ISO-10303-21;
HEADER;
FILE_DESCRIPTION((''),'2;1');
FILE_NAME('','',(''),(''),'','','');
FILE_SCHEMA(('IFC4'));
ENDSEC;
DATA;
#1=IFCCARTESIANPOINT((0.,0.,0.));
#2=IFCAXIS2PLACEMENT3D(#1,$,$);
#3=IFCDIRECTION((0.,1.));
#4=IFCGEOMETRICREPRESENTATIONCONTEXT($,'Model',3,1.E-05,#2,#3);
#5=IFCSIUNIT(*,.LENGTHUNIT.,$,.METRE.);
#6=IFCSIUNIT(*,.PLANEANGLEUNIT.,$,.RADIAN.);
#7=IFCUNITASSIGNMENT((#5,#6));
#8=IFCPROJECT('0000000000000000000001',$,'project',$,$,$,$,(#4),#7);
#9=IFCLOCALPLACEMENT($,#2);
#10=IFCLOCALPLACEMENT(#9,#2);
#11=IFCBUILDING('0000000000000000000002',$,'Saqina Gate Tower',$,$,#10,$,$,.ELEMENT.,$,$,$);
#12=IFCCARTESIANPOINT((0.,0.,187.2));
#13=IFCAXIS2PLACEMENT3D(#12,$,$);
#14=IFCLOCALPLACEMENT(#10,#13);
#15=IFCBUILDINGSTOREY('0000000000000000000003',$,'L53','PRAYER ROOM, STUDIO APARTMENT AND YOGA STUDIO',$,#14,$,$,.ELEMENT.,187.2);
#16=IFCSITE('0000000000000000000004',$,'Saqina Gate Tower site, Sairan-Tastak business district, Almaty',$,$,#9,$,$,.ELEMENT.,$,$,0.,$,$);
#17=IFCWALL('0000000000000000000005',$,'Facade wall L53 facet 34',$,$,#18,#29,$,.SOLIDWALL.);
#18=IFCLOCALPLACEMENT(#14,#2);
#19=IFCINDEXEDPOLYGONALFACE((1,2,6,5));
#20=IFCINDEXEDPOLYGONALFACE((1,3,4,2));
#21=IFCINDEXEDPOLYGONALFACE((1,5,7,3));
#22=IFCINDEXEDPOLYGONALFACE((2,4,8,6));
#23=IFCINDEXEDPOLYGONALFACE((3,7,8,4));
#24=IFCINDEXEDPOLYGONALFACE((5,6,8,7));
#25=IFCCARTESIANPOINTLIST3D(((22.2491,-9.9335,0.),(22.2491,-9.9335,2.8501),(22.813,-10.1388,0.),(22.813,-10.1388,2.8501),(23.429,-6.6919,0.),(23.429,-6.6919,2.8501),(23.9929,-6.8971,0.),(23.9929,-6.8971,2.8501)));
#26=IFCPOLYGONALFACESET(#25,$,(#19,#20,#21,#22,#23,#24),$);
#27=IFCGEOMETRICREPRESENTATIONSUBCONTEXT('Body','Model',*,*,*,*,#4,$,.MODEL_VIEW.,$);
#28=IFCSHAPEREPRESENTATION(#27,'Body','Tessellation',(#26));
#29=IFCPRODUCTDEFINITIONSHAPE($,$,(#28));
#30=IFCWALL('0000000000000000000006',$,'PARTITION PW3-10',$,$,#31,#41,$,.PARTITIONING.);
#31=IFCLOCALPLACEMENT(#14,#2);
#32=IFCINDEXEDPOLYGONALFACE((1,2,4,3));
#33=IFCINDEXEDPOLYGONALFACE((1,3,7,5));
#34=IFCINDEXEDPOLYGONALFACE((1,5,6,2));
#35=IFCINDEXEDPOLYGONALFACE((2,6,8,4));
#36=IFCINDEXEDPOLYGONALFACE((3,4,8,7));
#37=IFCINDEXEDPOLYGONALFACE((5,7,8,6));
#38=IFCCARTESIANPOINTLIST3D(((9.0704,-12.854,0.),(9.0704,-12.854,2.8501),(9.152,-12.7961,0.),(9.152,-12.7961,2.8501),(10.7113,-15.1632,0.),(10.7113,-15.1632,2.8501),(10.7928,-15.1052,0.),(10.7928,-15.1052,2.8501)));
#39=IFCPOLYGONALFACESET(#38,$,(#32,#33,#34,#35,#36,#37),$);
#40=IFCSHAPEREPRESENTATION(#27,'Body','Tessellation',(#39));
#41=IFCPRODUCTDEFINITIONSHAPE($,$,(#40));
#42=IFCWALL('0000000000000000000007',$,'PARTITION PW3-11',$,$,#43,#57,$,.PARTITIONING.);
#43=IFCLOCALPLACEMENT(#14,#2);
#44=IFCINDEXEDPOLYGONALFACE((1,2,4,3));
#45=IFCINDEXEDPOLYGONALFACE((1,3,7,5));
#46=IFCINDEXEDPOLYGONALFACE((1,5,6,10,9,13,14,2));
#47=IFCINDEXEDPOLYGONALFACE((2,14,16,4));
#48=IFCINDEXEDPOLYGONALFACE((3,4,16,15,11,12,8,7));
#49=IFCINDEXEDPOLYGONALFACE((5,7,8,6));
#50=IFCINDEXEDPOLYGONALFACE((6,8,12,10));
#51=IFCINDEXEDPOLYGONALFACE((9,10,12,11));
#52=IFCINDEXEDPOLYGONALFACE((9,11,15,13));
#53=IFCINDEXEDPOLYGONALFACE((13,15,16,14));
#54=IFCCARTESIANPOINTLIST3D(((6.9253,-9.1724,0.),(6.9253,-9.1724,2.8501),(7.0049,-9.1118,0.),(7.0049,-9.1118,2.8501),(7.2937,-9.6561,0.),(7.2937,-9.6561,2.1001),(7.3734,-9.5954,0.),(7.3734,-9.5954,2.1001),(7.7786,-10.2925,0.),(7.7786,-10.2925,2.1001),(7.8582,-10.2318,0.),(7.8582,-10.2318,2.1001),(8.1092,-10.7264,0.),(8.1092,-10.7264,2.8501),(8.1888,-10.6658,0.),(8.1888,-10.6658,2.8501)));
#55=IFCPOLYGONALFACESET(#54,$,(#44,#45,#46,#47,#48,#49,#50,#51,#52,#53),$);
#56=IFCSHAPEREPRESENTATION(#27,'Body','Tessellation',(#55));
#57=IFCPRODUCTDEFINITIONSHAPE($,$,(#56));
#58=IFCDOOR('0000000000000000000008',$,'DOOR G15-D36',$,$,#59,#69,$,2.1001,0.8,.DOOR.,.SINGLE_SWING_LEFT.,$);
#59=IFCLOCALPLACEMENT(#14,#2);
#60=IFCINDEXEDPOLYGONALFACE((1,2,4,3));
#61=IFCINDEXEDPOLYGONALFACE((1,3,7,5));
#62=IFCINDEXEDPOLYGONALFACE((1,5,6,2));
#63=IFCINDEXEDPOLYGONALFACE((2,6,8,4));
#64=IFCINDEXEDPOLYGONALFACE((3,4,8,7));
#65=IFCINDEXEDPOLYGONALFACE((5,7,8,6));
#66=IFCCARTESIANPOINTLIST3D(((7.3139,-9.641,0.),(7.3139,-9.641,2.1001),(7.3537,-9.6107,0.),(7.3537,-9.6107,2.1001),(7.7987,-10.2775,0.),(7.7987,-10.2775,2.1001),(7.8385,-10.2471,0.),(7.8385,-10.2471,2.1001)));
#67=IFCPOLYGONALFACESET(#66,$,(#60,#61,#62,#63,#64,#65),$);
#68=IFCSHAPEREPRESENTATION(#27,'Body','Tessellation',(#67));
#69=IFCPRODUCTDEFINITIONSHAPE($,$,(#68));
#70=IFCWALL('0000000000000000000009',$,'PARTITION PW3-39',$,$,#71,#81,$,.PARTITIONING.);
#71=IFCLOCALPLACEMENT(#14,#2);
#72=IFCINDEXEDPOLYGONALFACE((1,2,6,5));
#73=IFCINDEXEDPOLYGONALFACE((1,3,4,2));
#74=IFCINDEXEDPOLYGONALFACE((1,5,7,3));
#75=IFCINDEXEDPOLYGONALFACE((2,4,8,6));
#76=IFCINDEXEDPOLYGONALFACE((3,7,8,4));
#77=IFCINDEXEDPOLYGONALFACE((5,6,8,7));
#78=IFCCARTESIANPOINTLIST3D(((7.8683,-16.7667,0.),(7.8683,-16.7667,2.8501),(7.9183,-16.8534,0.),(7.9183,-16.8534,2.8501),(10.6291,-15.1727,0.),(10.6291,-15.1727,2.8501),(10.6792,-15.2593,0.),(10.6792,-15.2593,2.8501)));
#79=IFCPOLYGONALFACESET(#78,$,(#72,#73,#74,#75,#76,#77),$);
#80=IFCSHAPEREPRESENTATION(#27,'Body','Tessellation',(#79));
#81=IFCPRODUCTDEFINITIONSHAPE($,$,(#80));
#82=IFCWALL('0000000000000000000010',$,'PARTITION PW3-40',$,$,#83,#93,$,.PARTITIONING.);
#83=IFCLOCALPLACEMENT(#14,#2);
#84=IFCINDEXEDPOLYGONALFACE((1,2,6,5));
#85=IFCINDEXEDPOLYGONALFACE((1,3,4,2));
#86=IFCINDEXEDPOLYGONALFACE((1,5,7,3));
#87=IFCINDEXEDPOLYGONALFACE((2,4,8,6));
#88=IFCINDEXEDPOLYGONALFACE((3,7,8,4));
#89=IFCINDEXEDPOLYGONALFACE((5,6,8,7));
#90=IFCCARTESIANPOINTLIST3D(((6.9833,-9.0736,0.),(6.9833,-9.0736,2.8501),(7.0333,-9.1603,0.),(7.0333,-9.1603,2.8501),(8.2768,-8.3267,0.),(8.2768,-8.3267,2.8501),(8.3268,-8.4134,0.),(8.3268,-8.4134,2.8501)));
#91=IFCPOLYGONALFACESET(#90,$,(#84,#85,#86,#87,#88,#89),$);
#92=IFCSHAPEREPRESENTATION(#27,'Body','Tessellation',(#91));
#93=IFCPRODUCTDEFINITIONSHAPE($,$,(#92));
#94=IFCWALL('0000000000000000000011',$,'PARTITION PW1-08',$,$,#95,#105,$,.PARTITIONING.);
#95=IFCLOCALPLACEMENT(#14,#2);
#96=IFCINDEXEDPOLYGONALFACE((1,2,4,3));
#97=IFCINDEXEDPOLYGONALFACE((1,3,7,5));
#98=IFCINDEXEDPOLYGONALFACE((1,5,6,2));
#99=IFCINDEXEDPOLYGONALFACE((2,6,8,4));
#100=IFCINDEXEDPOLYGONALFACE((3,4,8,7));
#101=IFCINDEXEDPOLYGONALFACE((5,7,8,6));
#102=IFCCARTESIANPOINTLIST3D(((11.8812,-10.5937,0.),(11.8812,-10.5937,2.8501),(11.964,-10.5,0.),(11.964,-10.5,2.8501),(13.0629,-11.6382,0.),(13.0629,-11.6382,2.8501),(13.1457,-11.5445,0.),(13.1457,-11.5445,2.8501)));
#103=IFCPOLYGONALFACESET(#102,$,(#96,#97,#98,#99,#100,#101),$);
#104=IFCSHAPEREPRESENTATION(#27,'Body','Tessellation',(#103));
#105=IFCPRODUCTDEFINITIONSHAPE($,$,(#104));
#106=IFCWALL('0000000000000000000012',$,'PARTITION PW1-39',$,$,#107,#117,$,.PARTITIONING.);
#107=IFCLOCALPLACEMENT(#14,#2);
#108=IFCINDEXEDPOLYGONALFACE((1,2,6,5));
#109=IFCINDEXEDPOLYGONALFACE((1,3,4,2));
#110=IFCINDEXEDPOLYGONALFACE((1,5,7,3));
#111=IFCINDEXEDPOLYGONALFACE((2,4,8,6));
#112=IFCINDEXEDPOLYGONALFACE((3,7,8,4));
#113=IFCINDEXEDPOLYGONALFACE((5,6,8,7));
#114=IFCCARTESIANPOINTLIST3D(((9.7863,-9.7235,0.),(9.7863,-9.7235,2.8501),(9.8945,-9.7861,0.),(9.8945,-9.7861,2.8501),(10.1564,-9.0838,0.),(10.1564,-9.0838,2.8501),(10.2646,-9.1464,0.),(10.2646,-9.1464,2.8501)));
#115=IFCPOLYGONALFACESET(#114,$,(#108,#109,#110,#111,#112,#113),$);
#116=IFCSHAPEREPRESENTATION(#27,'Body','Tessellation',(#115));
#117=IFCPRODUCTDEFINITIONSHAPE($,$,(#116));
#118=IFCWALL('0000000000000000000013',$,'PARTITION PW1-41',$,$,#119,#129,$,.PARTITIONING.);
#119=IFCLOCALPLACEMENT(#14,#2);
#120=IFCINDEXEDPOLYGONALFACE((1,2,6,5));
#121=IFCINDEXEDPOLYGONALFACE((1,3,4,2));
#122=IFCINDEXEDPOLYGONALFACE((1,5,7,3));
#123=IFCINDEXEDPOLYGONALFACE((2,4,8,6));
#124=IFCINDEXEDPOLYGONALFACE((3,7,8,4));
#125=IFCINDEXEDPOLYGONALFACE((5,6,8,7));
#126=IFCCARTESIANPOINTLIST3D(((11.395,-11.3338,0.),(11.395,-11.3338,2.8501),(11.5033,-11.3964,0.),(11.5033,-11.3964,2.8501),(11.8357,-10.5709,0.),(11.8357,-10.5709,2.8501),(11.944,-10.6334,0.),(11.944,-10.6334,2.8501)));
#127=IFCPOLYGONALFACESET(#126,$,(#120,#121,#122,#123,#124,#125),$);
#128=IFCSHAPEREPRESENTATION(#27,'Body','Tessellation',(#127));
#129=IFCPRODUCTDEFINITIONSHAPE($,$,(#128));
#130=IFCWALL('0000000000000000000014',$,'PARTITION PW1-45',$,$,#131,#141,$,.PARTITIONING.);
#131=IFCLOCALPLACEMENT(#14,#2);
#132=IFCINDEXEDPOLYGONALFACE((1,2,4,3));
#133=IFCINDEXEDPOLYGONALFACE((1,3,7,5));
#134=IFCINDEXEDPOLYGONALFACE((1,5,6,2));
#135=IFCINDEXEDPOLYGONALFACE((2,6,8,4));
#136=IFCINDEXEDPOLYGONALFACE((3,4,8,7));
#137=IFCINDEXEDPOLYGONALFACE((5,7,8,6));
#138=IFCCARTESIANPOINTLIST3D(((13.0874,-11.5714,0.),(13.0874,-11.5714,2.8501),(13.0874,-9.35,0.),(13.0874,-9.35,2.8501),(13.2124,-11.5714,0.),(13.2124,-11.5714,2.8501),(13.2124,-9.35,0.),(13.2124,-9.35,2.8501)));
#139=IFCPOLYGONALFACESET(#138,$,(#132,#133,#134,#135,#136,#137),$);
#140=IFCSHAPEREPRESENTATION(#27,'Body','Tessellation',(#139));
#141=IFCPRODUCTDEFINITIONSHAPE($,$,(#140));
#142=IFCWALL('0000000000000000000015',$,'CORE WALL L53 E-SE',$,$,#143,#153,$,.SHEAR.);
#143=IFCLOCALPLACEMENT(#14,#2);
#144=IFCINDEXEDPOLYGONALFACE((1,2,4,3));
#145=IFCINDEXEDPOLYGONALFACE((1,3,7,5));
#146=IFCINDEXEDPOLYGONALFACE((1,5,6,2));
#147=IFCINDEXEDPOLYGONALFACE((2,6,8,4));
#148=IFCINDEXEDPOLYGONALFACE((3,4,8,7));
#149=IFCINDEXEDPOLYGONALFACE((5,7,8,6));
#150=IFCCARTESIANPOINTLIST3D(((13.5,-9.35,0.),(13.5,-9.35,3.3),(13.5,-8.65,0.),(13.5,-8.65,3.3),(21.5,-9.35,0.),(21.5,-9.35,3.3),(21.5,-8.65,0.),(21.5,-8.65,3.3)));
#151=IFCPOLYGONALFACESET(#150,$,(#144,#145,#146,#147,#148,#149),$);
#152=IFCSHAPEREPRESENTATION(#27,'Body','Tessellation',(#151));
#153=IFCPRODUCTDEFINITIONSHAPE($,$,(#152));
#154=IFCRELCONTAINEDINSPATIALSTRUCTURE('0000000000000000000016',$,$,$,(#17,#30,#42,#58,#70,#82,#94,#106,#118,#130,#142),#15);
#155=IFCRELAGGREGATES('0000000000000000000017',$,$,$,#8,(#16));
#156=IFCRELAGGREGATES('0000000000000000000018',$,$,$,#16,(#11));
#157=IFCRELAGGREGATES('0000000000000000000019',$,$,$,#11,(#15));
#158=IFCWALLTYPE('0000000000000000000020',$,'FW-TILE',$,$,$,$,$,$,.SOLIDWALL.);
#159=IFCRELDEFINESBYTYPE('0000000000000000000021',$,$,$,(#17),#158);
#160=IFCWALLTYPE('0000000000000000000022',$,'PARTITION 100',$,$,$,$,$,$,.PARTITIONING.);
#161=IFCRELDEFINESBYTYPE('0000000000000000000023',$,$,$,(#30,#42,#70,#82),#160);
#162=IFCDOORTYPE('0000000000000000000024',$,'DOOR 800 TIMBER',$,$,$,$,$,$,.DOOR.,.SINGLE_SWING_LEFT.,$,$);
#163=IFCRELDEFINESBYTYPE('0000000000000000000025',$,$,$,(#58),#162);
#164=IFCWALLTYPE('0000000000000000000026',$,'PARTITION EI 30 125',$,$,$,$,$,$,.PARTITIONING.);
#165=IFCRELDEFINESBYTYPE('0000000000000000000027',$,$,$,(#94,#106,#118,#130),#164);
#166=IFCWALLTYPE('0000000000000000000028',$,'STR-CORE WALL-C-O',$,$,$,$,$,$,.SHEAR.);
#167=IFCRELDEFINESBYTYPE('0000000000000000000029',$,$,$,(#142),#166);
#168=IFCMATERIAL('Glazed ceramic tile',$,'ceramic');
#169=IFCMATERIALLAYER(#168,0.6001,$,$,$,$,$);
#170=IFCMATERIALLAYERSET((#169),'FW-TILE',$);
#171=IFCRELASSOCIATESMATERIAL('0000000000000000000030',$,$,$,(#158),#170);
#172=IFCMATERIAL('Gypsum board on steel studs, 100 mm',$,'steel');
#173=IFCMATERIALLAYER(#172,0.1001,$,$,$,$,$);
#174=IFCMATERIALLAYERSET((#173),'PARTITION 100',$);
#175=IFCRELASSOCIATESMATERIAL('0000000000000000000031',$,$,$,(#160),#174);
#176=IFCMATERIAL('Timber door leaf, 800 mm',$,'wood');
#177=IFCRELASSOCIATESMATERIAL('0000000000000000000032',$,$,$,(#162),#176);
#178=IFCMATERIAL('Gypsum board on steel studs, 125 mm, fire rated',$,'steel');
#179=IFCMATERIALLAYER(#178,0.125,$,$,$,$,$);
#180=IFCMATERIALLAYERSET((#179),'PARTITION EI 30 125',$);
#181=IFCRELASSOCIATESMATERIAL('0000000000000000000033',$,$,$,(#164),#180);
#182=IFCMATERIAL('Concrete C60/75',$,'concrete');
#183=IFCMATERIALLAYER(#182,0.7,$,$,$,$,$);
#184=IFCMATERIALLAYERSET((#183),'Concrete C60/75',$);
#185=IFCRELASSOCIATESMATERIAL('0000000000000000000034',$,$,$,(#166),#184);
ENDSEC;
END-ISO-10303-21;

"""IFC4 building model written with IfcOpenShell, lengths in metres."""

from ifc_helpers import new_model, si_unit, direction, frame, frame_2d, origin, place, context, subcontext, project, spatial, rectangle, extrude, material, layer, layer_set, type_object, element, fill, save


model = new_model("IFC4")

# Units and contexts
model_context = context("Model", 3, precision=1e-05, world=origin(), true_north=direction((0.0, 1.0)))
body_context = subcontext(model_context, "Body", "Model", "MODEL_VIEW")
ifc_project = project(units=[si_unit("LENGTHUNIT", "METRE"), si_unit("PLANEANGLEUNIT", "RADIAN")], contexts=[model_context])

# Site, building, storey
site_placement = place(None, origin())
site = spatial("IfcSite", under=ifc_project, at=site_placement, Name="Saqina Gate Tower site, Sairan-Tastak business district, Almaty", CompositionType="ELEMENT", RefElevation=0.0)
building_placement = place(site_placement, origin())
building = spatial("IfcBuilding", under=site, at=building_placement, Name="Saqina Gate Tower", CompositionType="ELEMENT")
storey_placement = place(building_placement, frame((0.0, 0.0, 187.2)))
storey = spatial("IfcBuildingStorey", under=building, at=storey_placement, Name="L53", Description="PRAYER ROOM, STUDIO APARTMENT AND YOGA STUDIO", CompositionType="ELEMENT", Elevation=187.2)

# Walls
ifc_material_1 = material(Name="Glazed ceramic tile", Category="ceramic")
ifc_layer_1 = layer(ifc_material_1, 0.6001)
ifc_layer_set_1 = layer_set([ifc_layer_1], Name="FW-TILE")
wall_type_1 = type_object("IfcWallType", Name="FW-TILE", PredefinedType="SOLIDWALL", material=ifc_layer_set_1)
wall_1_placement = place(storey_placement, frame((22.531, -10.0361, 0.0), z_axis=(0.0, 0.0, 1.0), x_axis=(0.342033, 0.939688, 0.0)))
element("IfcWall", 1, at=wall_1_placement, inside=storey, type_object=wall_type_1, Name="Facade wall L53 facet 34", PredefinedType="SOLIDWALL", context=body_context, shape_type="SweptSolid", body=[
    extrude(rectangle(XDim=3.4497, YDim=0.6001, at=frame_2d((1.7249, 0.0))), origin(), (0.0, 0.0, 1.0), 2.8501),
])
ifc_material_2 = material(Name="Gypsum board on steel studs, 100 mm", Category="steel")
ifc_layer_2 = layer(ifc_material_2, 0.1001)
ifc_layer_set_2 = layer_set([ifc_layer_2], Name="PARTITION 100")
wall_type_2 = type_object("IfcWallType", Name="PARTITION 100", PredefinedType="PARTITIONING", material=ifc_layer_set_2)
wall_2_placement = place(storey_placement, frame((9.1111, -12.825, 0.0), z_axis=(0.0, 0.0, 1.0), x_axis=(0.579255, -0.815146, 0.0)))
element("IfcWall", 2, at=wall_2_placement, inside=storey, type_object=wall_type_2, Name="PARTITION PW3-10", PredefinedType="PARTITIONING", context=body_context, shape_type="SweptSolid", body=[
    extrude(rectangle(XDim=2.8328, YDim=0.1001, at=frame_2d((1.4165, 0.0))), origin(), (0.0, 0.0, 1.0), 2.8501),
])

# Wall, opening, door
wall_3_placement = place(storey_placement, frame((6.9651, -9.1421, 0.0), z_axis=(0.0, 0.0, 1.0), x_axis=(0.606002, -0.795463, 0.0)))
wall_3 = element("IfcWall", 3, at=wall_3_placement, inside=storey, type_object=wall_type_2, Name="PARTITION PW3-11", PredefinedType="PARTITIONING", context=body_context, shape_type="SweptSolid", body=[
    extrude(rectangle(XDim=1.9536, YDim=0.1001, at=frame_2d((0.9768, 0.0))), origin(), (0.0, 0.0, 1.0), 2.8501),
])
opening_1_placement = place(wall_3_placement, frame((0.6082, 0.0, 0.0)))
opening_1 = element("IfcOpeningElement", 4, at=opening_1_placement, cuts=wall_3, PredefinedType="OPENING", context=body_context, shape_type="SweptSolid", body=[
    extrude(rectangle(XDim=0.8, YDim=2.1001, at=frame_2d((0.3999, 1.05))), frame((0.0, 0.062, 0.0), z_axis=(0.0, -1.0, 0.0), x_axis=(1.0, 0.0, 0.0)), (0.0, 0.0, 1.0), 0.124),
])
ifc_material_3 = material(Name="Timber door leaf, 800 mm", Category="wood")
door_type_1 = type_object("IfcDoorType", Name="DOOR 800 TIMBER", OperationType="SINGLE_SWING_LEFT", PredefinedType="DOOR", material=ifc_material_3)
door_1_placement = place(opening_1_placement, frame((0.8, 0.0, 0.0), z_axis=(0.0, 0.0, 1.0), x_axis=(-1.0, 0.0, 0.0)))
door_1 = element("IfcDoor", 5, at=door_1_placement, inside=storey, type_object=door_type_1, Name="DOOR G15-D36", OperationType="SINGLE_SWING_LEFT", OverallHeight=2.1001, OverallWidth=0.8, PredefinedType="DOOR", context=body_context, shape_type="SweptSolid", body=[
    extrude(rectangle(XDim=0.8, YDim=2.1001, at=frame_2d((0.3999, 1.05))), frame((0.0, 0.0249, 0.0), z_axis=(0.0, -1.0, 0.0), x_axis=(1.0, 0.0, 0.0)), (0.0, 0.0, 1.0), 0.05),
])
fill(opening_1, door_1)

# Walls
wall_4_placement = place(storey_placement, frame((7.8933, -16.8101, 0.0), z_axis=(0.0, 0.0, 1.0), x_axis=(0.866015, 0.500019, 0.0)))
element("IfcWall", 6, at=wall_4_placement, inside=storey, type_object=wall_type_2, Name="PARTITION PW3-39", PredefinedType="PARTITIONING", context=body_context, shape_type="SweptSolid", body=[
    extrude(rectangle(XDim=3.188, YDim=0.1001, at=frame_2d((1.594, 0.0))), origin(), (0.0, 0.0, 1.0), 2.8501),
])
wall_5_placement = place(storey_placement, frame((7.0083, -9.1169, 0.0), z_axis=(0.0, 0.0, 1.0), x_axis=(0.866011, 0.500024, 0.0)))
element("IfcWall", 7, at=wall_5_placement, inside=storey, type_object=wall_type_2, Name="PARTITION PW3-40", PredefinedType="PARTITIONING", context=body_context, shape_type="SweptSolid", body=[
    extrude(rectangle(XDim=1.4937, YDim=0.1001, at=frame_2d((0.7468, 0.0))), origin(), (0.0, 0.0, 1.0), 2.8501),
])
ifc_material_4 = material(Name="Gypsum board on steel studs, 125 mm, fire rated", Category="steel")
ifc_layer_3 = layer(ifc_material_4, 0.125)
ifc_layer_set_3 = layer_set([ifc_layer_3], Name="PARTITION EI 30 125")
wall_type_3 = type_object("IfcWallType", Name="PARTITION EI 30 125", PredefinedType="PARTITIONING", material=ifc_layer_set_3)
wall_6_placement = place(storey_placement, frame((11.9226, -10.5469, 0.0), z_axis=(0.0, 0.0, 1.0), x_axis=(0.749268, -0.662267, 0.0)))
element("IfcWall", 8, at=wall_6_placement, inside=storey, type_object=wall_type_3, Name="PARTITION PW1-08", PredefinedType="PARTITIONING", context=body_context, shape_type="SweptSolid", body=[
    extrude(rectangle(XDim=1.5771, YDim=0.125, at=frame_2d((0.7886, 0.0))), origin(), (0.0, 0.0, 1.0), 2.8501),
])
wall_7_placement = place(storey_placement, frame((9.8403, -9.7549, 0.0), z_axis=(0.0, 0.0, 1.0), x_axis=(0.500828, 0.865547, 0.0)))
element("IfcWall", 9, at=wall_7_placement, inside=storey, type_object=wall_type_3, Name="PARTITION PW1-39", PredefinedType="PARTITIONING", context=body_context, shape_type="SweptSolid", body=[
    extrude(rectangle(XDim=0.739, YDim=0.125, at=frame_2d((0.3696, 0.0))), origin(), (0.0, 0.0, 1.0), 2.8501),
])
wall_8_placement = place(storey_placement, frame((11.4492, -11.365, 0.0), z_axis=(0.0, 0.0, 1.0), x_axis=(0.500162, 0.865932, 0.0)))
element("IfcWall", 10, at=wall_8_placement, inside=storey, type_object=wall_type_3, Name="PARTITION PW1-41", PredefinedType="PARTITIONING", context=body_context, shape_type="SweptSolid", body=[
    extrude(rectangle(XDim=0.8811, YDim=0.125, at=frame_2d((0.4404, 0.0))), origin(), (0.0, 0.0, 1.0), 2.8501),
])
wall_9_placement = place(storey_placement, frame((13.1499, -11.5715, 0.0), z_axis=(0.0, 0.0, 1.0), x_axis=(0.0, 1.0, 0.0)))
element("IfcWall", 11, at=wall_9_placement, inside=storey, type_object=wall_type_3, Name="PARTITION PW1-45", PredefinedType="PARTITIONING", context=body_context, shape_type="SweptSolid", body=[
    extrude(rectangle(XDim=2.2214, YDim=0.125, at=frame_2d((1.1108, 0.0))), origin(), (0.0, 0.0, 1.0), 2.8501),
])

# Shared definitions
ifc_material_5 = material(Name="Concrete C60/75", Category="concrete")
ifc_layer_4 = layer(ifc_material_5, 0.7)
ifc_layer_set_4 = layer_set([ifc_layer_4], Name="Concrete C60/75")
wall_type_4 = type_object("IfcWallType", Name="STR-CORE WALL-C-O", PredefinedType="SHEAR", material=ifc_layer_set_4)

# Wall
wall_10_placement = place(storey_placement, frame((13.5, -9.0, 0.0), z_axis=(0.0, 0.0, 1.0), x_axis=(1.0, 0.0, 0.0)))
element("IfcWall", 12, at=wall_10_placement, inside=storey, type_object=wall_type_4, Name="CORE WALL L53 E-SE", PredefinedType="SHEAR", context=body_context, shape_type="SweptSolid", body=[
    extrude(rectangle(XDim=8.0, YDim=0.7, at=frame_2d((4.0, 0.0))), origin(), (0.0, 0.0, 1.0), 3.3),
])

save(model, "model.ifc")
